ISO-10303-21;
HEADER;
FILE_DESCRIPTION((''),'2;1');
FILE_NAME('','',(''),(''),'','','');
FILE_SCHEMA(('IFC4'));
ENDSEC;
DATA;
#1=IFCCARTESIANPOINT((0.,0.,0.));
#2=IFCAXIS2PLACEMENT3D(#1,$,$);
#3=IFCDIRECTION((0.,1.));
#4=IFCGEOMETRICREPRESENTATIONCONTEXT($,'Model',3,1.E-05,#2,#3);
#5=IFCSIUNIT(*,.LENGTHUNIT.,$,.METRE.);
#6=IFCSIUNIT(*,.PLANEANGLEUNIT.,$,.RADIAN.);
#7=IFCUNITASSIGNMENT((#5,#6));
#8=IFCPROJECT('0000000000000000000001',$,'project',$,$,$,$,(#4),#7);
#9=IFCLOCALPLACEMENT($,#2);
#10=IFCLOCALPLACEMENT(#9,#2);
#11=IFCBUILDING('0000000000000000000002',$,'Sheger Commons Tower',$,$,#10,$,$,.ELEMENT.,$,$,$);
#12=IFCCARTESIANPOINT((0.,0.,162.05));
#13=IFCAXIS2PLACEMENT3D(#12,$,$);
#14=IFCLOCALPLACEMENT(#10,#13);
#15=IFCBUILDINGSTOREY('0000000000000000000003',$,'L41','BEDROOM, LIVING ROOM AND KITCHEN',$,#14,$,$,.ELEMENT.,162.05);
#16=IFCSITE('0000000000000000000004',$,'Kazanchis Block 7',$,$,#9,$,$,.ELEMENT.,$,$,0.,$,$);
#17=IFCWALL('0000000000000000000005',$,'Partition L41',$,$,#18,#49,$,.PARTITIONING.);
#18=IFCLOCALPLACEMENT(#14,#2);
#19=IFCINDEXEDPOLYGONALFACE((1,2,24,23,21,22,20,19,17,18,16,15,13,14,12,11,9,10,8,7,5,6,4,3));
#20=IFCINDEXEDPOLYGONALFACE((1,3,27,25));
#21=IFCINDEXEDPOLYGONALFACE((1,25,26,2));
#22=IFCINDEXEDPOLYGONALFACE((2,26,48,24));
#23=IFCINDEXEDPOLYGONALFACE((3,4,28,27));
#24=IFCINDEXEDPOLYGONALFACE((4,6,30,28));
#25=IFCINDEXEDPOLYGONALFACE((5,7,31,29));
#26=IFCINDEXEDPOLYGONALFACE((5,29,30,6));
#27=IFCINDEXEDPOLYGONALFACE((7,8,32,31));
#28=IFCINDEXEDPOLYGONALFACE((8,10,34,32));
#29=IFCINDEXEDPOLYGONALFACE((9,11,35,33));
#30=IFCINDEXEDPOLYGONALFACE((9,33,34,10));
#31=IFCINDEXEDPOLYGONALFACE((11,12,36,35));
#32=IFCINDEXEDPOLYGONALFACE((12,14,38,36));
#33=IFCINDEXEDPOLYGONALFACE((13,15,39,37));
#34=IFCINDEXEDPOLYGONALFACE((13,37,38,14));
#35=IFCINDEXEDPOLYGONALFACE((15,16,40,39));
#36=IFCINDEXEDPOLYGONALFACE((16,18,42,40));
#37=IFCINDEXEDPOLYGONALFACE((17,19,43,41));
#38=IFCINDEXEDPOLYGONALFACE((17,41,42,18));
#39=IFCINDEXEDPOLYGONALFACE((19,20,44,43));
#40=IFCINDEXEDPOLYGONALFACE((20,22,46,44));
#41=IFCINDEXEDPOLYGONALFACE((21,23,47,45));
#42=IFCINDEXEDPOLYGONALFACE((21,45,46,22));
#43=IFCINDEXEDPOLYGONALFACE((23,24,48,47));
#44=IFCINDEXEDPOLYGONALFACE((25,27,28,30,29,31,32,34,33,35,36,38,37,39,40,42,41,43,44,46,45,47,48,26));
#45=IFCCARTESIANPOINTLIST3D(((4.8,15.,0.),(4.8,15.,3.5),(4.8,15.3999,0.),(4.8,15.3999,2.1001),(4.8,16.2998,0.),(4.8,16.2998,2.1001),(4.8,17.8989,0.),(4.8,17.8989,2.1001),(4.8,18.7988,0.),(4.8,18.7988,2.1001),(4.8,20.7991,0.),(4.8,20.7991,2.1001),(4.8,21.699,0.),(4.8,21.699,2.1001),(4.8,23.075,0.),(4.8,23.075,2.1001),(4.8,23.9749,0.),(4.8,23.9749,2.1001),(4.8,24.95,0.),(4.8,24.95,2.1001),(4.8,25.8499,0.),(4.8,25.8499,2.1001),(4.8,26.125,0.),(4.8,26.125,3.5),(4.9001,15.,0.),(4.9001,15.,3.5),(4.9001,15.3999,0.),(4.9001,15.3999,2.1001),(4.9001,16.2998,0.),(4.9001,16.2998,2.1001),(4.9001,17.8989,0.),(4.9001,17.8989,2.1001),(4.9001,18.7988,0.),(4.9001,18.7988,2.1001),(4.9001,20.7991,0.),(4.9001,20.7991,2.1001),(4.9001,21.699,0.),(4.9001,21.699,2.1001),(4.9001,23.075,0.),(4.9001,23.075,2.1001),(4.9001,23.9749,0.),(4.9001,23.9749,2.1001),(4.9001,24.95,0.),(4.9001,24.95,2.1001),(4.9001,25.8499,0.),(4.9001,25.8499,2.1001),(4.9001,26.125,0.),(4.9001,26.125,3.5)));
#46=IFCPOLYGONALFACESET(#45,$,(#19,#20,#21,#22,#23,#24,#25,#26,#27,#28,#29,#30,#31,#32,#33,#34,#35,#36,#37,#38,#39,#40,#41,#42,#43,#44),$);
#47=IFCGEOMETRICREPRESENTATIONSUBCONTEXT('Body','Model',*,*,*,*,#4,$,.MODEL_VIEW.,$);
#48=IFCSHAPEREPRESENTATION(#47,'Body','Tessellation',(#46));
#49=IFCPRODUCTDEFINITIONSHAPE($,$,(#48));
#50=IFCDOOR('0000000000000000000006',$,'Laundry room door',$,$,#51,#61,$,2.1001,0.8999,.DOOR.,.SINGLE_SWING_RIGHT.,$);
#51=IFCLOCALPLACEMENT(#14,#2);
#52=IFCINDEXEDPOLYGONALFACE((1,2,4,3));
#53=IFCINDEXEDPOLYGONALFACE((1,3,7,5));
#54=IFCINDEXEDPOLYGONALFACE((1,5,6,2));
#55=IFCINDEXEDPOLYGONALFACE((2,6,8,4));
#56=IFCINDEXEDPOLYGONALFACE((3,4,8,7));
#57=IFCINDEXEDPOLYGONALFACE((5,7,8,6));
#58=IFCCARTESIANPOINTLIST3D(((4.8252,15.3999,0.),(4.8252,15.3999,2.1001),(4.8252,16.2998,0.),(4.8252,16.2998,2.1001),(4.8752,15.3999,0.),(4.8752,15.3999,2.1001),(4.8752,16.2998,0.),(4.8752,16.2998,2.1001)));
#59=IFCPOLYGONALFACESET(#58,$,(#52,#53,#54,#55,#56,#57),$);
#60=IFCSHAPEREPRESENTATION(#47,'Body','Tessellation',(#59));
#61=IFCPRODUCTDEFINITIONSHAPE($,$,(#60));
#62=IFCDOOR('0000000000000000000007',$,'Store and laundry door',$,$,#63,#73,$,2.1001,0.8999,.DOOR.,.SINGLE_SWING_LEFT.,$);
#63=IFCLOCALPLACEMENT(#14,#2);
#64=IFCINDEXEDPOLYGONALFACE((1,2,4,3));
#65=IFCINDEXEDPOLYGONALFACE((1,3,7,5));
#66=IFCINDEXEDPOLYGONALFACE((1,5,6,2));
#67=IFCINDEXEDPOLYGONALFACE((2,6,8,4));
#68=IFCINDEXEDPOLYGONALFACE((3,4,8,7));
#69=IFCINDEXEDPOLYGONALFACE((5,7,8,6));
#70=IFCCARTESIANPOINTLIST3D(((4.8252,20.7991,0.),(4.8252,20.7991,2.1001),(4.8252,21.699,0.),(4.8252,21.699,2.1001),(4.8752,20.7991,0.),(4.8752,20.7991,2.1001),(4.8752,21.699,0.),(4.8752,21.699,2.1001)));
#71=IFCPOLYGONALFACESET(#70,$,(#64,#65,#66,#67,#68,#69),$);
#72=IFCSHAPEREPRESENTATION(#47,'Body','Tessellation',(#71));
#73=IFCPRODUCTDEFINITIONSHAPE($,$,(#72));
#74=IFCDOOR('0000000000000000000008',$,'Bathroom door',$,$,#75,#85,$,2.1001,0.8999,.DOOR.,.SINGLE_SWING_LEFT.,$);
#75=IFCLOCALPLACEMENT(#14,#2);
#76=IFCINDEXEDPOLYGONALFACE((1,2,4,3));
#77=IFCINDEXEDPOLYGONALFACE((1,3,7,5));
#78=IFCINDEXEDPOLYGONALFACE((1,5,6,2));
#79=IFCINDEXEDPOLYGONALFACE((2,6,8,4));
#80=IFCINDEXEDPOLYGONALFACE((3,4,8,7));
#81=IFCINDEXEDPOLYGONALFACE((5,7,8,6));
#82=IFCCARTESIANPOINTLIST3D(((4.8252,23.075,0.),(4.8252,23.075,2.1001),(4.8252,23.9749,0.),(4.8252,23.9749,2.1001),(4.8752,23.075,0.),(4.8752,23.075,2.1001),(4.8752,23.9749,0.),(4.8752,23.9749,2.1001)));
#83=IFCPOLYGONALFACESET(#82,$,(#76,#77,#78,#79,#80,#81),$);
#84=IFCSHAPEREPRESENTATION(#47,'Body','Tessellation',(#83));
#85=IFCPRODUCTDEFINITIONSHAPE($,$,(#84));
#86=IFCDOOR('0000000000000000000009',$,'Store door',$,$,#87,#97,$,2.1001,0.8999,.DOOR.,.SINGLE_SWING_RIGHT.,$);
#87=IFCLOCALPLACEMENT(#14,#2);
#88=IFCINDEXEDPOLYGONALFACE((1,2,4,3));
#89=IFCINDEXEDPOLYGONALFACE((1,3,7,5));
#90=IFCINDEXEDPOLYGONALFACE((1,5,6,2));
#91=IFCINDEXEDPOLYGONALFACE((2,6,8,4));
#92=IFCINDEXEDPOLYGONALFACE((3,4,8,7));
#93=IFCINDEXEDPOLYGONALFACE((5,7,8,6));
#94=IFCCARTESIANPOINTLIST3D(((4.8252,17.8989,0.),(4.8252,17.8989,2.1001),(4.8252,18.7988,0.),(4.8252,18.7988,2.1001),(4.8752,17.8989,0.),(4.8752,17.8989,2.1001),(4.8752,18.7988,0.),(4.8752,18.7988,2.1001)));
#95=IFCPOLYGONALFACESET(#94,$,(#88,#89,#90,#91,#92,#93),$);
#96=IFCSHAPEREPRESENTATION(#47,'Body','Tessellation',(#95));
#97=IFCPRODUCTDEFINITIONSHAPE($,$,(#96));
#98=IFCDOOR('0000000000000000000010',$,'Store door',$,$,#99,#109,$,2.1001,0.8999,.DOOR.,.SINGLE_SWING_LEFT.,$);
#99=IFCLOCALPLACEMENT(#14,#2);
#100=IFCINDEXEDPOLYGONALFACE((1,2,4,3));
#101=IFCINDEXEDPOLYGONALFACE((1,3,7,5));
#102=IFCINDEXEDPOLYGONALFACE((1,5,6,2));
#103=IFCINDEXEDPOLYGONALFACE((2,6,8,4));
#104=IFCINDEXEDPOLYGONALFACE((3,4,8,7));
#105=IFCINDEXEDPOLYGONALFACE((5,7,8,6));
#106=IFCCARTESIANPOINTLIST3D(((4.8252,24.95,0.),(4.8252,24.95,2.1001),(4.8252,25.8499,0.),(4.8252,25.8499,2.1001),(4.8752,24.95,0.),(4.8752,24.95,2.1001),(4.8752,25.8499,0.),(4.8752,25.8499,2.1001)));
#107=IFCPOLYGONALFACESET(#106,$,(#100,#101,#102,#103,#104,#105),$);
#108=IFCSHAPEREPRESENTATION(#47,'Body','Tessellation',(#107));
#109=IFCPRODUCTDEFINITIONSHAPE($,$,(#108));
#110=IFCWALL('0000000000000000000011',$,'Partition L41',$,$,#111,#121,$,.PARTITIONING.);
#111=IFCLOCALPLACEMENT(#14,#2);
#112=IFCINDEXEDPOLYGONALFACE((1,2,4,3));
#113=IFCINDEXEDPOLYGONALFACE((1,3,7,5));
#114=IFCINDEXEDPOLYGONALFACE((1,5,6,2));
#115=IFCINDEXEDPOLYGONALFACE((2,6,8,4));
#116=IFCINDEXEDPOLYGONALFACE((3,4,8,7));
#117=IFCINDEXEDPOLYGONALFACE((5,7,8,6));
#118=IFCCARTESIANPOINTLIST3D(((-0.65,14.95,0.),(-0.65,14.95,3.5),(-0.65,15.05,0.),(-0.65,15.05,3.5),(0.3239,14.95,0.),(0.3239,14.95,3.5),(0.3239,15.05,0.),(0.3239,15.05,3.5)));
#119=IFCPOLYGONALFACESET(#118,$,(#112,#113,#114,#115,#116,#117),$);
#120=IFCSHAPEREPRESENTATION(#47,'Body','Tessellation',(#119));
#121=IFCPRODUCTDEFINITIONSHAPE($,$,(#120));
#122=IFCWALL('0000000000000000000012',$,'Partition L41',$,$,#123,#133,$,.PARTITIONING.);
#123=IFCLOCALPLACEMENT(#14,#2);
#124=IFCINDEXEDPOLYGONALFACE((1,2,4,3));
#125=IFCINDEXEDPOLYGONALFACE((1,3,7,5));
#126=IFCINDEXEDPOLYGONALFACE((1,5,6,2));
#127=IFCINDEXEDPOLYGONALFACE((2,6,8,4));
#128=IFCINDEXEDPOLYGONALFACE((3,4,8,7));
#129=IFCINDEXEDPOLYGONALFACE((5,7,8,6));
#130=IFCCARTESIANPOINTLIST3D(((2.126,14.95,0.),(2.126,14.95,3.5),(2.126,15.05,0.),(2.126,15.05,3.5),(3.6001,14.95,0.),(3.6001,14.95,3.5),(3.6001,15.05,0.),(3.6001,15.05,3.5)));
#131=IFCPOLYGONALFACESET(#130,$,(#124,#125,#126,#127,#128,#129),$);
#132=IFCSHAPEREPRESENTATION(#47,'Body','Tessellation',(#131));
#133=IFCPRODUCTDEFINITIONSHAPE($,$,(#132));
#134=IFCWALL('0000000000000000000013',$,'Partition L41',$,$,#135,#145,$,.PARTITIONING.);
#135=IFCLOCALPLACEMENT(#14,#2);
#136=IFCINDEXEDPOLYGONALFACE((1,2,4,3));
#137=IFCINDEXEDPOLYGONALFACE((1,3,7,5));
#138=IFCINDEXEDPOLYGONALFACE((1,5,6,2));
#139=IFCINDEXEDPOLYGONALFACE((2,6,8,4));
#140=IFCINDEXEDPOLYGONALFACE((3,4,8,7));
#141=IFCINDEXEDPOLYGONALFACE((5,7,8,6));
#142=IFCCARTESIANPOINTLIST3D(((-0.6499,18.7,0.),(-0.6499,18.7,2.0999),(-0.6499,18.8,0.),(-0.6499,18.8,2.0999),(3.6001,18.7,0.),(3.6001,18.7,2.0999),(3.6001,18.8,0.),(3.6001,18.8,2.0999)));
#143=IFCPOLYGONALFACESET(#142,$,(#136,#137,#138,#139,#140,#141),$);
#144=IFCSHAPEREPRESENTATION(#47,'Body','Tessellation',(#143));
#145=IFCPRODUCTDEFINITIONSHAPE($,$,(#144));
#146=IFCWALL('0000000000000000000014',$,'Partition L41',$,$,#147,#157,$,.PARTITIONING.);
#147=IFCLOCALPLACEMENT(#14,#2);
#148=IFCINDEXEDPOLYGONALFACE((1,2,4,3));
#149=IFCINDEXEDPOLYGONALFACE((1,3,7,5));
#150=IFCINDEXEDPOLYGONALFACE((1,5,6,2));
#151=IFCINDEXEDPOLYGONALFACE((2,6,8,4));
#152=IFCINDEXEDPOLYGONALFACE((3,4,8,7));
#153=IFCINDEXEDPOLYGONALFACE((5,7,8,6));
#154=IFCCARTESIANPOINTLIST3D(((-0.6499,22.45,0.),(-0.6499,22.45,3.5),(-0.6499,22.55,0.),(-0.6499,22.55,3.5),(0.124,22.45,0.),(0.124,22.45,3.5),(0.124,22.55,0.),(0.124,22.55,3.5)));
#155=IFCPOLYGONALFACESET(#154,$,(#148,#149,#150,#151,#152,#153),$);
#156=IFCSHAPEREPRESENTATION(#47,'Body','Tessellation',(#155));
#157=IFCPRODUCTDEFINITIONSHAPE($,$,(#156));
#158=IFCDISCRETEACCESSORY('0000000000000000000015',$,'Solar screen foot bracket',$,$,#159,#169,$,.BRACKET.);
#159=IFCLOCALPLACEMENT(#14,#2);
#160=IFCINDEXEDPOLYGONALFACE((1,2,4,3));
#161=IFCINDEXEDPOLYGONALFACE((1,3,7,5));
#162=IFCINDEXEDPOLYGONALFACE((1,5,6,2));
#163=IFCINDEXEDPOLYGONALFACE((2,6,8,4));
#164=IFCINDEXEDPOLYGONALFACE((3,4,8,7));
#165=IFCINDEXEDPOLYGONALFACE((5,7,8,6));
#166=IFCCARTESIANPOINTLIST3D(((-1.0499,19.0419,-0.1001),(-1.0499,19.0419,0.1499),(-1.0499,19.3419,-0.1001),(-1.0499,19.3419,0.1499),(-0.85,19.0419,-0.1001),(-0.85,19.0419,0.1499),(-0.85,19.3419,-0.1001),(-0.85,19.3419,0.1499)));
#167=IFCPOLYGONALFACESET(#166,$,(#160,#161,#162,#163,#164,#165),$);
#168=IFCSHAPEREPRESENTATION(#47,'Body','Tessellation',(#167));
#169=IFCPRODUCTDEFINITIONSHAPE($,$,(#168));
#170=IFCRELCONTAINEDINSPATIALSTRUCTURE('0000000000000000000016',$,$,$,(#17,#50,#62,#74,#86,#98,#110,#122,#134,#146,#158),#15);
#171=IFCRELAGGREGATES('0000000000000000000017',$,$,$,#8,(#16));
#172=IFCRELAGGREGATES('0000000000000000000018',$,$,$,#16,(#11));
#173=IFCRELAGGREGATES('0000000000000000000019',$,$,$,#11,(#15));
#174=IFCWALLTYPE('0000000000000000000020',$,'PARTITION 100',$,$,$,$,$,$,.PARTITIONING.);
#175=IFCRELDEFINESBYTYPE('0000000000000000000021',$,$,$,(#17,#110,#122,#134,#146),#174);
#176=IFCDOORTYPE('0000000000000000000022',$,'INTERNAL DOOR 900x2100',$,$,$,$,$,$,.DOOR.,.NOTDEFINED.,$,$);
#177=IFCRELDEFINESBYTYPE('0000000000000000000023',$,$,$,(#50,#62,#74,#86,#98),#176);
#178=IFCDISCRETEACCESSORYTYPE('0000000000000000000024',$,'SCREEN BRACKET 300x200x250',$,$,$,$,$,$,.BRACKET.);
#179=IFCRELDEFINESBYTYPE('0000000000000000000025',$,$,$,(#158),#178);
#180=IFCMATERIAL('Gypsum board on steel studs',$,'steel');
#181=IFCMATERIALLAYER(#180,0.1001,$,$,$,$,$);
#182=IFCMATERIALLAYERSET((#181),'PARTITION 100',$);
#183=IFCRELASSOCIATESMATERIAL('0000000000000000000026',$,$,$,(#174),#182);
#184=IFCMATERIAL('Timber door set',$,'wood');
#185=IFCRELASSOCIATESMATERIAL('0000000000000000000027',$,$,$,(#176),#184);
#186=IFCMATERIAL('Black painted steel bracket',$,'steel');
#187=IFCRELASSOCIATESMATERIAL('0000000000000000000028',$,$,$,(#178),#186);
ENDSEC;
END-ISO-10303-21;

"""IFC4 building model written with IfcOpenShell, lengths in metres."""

from ifc_helpers import new_model, si_unit, direction, frame, frame_2d, origin, origin_2d, place, context, subcontext, project, spatial, rectangle, extrude, material, layer, layer_set, type_object, element, fill, save


model = new_model("IFC4")

# Units and contexts
model_context = context("Model", 3, precision=1e-05, world=origin(), true_north=direction((0.0, 1.0)))
body_context = subcontext(model_context, "Body", "Model", "MODEL_VIEW")
ifc_project = project(units=[si_unit("LENGTHUNIT", "METRE"), si_unit("PLANEANGLEUNIT", "RADIAN")], contexts=[model_context])

# Site, building, storey
site_placement = place(None, origin())
site = spatial("IfcSite", under=ifc_project, at=site_placement, Name="Kazanchis Block 7", CompositionType="ELEMENT", RefElevation=0.0)
building_placement = place(site_placement, origin())
building = spatial("IfcBuilding", under=site, at=building_placement, Name="Sheger Commons Tower", CompositionType="ELEMENT")
storey_placement = place(building_placement, frame((0.0, 0.0, 162.05)))
storey = spatial("IfcBuildingStorey", under=building, at=storey_placement, Name="L41", Description="BEDROOM, LIVING ROOM AND KITCHEN", CompositionType="ELEMENT", Elevation=162.05)

# Wall, openings, doors
ifc_material_1 = material(Name="Gypsum board on steel studs", Category="steel")
ifc_layer_1 = layer(ifc_material_1, 0.1001)
ifc_layer_set_1 = layer_set([ifc_layer_1], Name="PARTITION 100")
wall_type = type_object("IfcWallType", Name="PARTITION 100", PredefinedType="PARTITIONING", material=ifc_layer_set_1)
ifc_material_2 = material(Name="Timber door set", Category="wood")
door_type = type_object("IfcDoorType", Name="INTERNAL DOOR 900x2100", OperationType="NOTDEFINED", PredefinedType="DOOR", material=ifc_material_2)
wall_1_placement = place(storey_placement, frame((4.8501, 15.0, 0.0), z_axis=(0.0, 0.0, 1.0), x_axis=(0.0, 1.0, 0.0)))
wall_1 = element("IfcWall", 1, at=wall_1_placement, inside=storey, type_object=wall_type, Name="Partition L41", PredefinedType="PARTITIONING", context=body_context, shape_type="SweptSolid", body=[
    extrude(rectangle(XDim=11.125, YDim=0.1001, at=frame_2d((5.5625, 0.0))), origin(), (0.0, 0.0, 1.0), 3.5),
])
opening_1_placement = place(wall_1_placement, frame((0.3999, 0.0, 0.0)))
opening_1 = element("IfcOpeningElement", 2, at=opening_1_placement, cuts=wall_1, PredefinedType="OPENING", context=body_context, shape_type="SweptSolid", body=[
    extrude(rectangle(XDim=0.8999, YDim=2.1001, at=frame_2d((0.45, 1.05))), frame((0.0, 0.0601, 0.0), z_axis=(0.0, -1.0, 0.0), x_axis=(1.0, 0.0, 0.0)), (0.0, 0.0, 1.0), 0.1201),
])
opening_2_placement = place(wall_1_placement, frame((5.7991, 0.0, 0.0)))
opening_2 = element("IfcOpeningElement", 3, at=opening_2_placement, cuts=wall_1, PredefinedType="OPENING", context=body_context, shape_type="SweptSolid", body=[
    extrude(rectangle(XDim=0.8999, YDim=2.1001, at=frame_2d((0.45, 1.05))), frame((0.0, 0.0601, 0.0), z_axis=(0.0, -1.0, 0.0), x_axis=(1.0, 0.0, 0.0)), (0.0, 0.0, 1.0), 0.1201),
])
opening_3_placement = place(wall_1_placement, frame((8.075, 0.0, 0.0)))
opening_3 = element("IfcOpeningElement", 4, at=opening_3_placement, cuts=wall_1, PredefinedType="OPENING", context=body_context, shape_type="SweptSolid", body=[
    extrude(rectangle(XDim=0.8999, YDim=2.1001, at=frame_2d((0.45, 1.05))), frame((0.0, 0.0601, 0.0), z_axis=(0.0, -1.0, 0.0), x_axis=(1.0, 0.0, 0.0)), (0.0, 0.0, 1.0), 0.1201),
])
opening_4_placement = place(wall_1_placement, frame((2.8989, 0.0, 0.0)))
opening_4 = element("IfcOpeningElement", 5, at=opening_4_placement, cuts=wall_1, PredefinedType="OPENING", context=body_context, shape_type="SweptSolid", body=[
    extrude(rectangle(XDim=0.8999, YDim=2.1001, at=frame_2d((0.45, 1.05))), frame((0.0, 0.0601, 0.0), z_axis=(0.0, -1.0, 0.0), x_axis=(1.0, 0.0, 0.0)), (0.0, 0.0, 1.0), 0.1201),
])
opening_5_placement = place(wall_1_placement, frame((9.95, 0.0, 0.0)))
opening_5 = element("IfcOpeningElement", 6, at=opening_5_placement, cuts=wall_1, PredefinedType="OPENING", context=body_context, shape_type="SweptSolid", body=[
    extrude(rectangle(XDim=0.8999, YDim=2.1001, at=frame_2d((0.45, 1.05))), frame((0.0, 0.0601, 0.0), z_axis=(0.0, -1.0, 0.0), x_axis=(1.0, 0.0, 0.0)), (0.0, 0.0, 1.0), 0.1201),
])
door_1_placement = place(opening_1_placement, origin())
door_1 = element("IfcDoor", 7, at=door_1_placement, inside=storey, type_object=door_type, Name="Laundry room door", OperationType="SINGLE_SWING_RIGHT", OverallHeight=2.1001, OverallWidth=0.8999, PredefinedType="DOOR", context=body_context, shape_type="SweptSolid", body=[
    extrude(rectangle(XDim=0.8999, YDim=2.1001, at=frame_2d((0.45, 1.05))), frame((0.0, 0.0249, 0.0), z_axis=(0.0, -1.0, 0.0), x_axis=(1.0, 0.0, 0.0)), (0.0, 0.0, 1.0), 0.05),
])
fill(opening_1, door_1)
door_2_placement = place(opening_2_placement, origin())
door_2 = element("IfcDoor", 8, at=door_2_placement, inside=storey, type_object=door_type, Name="Store and laundry door", OperationType="SINGLE_SWING_LEFT", OverallHeight=2.1001, OverallWidth=0.8999, PredefinedType="DOOR", context=body_context, shape_type="SweptSolid", body=[
    extrude(rectangle(XDim=0.8999, YDim=2.1001, at=frame_2d((0.45, 1.05))), frame((0.0, 0.0249, 0.0), z_axis=(0.0, -1.0, 0.0), x_axis=(1.0, 0.0, 0.0)), (0.0, 0.0, 1.0), 0.05),
])
fill(opening_2, door_2)
door_3_placement = place(opening_3_placement, origin())
door_3 = element("IfcDoor", 9, at=door_3_placement, inside=storey, type_object=door_type, Name="Bathroom door", OperationType="SINGLE_SWING_LEFT", OverallHeight=2.1001, OverallWidth=0.8999, PredefinedType="DOOR", context=body_context, shape_type="SweptSolid", body=[
    extrude(rectangle(XDim=0.8999, YDim=2.1001, at=frame_2d((0.45, 1.05))), frame((0.0, 0.0249, 0.0), z_axis=(0.0, -1.0, 0.0), x_axis=(1.0, 0.0, 0.0)), (0.0, 0.0, 1.0), 0.05),
])
fill(opening_3, door_3)
door_4_placement = place(opening_4_placement, origin())
door_4 = element("IfcDoor", 10, at=door_4_placement, inside=storey, type_object=door_type, Name="Store door", OperationType="SINGLE_SWING_RIGHT", OverallHeight=2.1001, OverallWidth=0.8999, PredefinedType="DOOR", context=body_context, shape_type="SweptSolid", body=[
    extrude(rectangle(XDim=0.8999, YDim=2.1001, at=frame_2d((0.45, 1.05))), frame((0.0, 0.0249, 0.0), z_axis=(0.0, -1.0, 0.0), x_axis=(1.0, 0.0, 0.0)), (0.0, 0.0, 1.0), 0.05),
])
fill(opening_4, door_4)
door_5_placement = place(opening_5_placement, origin())
door_5 = element("IfcDoor", 11, at=door_5_placement, inside=storey, type_object=door_type, Name="Store door", OperationType="SINGLE_SWING_LEFT", OverallHeight=2.1001, OverallWidth=0.8999, PredefinedType="DOOR", context=body_context, shape_type="SweptSolid", body=[
    extrude(rectangle(XDim=0.8999, YDim=2.1001, at=frame_2d((0.45, 1.05))), frame((0.0, 0.0249, 0.0), z_axis=(0.0, -1.0, 0.0), x_axis=(1.0, 0.0, 0.0)), (0.0, 0.0, 1.0), 0.05),
])
fill(opening_5, door_5)

# Walls
wall_2_placement = place(storey_placement, frame((-0.6499, 15.0, 0.0), z_axis=(0.0, 0.0, 1.0), x_axis=(1.0, 0.0, 0.0)))
element("IfcWall", 12, at=wall_2_placement, inside=storey, type_object=wall_type, Name="Partition L41", PredefinedType="PARTITIONING", context=body_context, shape_type="SweptSolid", body=[
    extrude(rectangle(XDim=0.9739, YDim=0.1001, at=frame_2d((0.4868, 0.0))), origin(), (0.0, 0.0, 1.0), 3.5),
])
wall_3_placement = place(storey_placement, frame((2.126, 15.0, 0.0), z_axis=(0.0, 0.0, 1.0), x_axis=(1.0, 0.0, 0.0)))
element("IfcWall", 13, at=wall_3_placement, inside=storey, type_object=wall_type, Name="Partition L41", PredefinedType="PARTITIONING", context=body_context, shape_type="SweptSolid", body=[
    extrude(rectangle(XDim=1.4741, YDim=0.1001, at=frame_2d((0.7371, 0.0))), origin(), (0.0, 0.0, 1.0), 3.5),
])
wall_4_placement = place(storey_placement, frame((-0.6499, 18.75, 0.0), z_axis=(0.0, 0.0, 1.0), x_axis=(1.0, 0.0, 0.0)))
element("IfcWall", 14, at=wall_4_placement, inside=storey, type_object=wall_type, Name="Partition L41", PredefinedType="PARTITIONING", context=body_context, shape_type="SweptSolid", body=[
    extrude(rectangle(XDim=4.25, YDim=0.1001, at=frame_2d((2.125, 0.0))), origin(), (0.0, 0.0, 1.0), 2.0999),
])
wall_5_placement = place(storey_placement, frame((-0.6499, 22.5, 0.0), z_axis=(0.0, 0.0, 1.0), x_axis=(1.0, 0.0, 0.0)))
element("IfcWall", 15, at=wall_5_placement, inside=storey, type_object=wall_type, Name="Partition L41", PredefinedType="PARTITIONING", context=body_context, shape_type="SweptSolid", body=[
    extrude(rectangle(XDim=0.7739, YDim=0.1001, at=frame_2d((0.387, 0.0))), origin(), (0.0, 0.0, 1.0), 3.5),
])

# Discrete accessory
ifc_material_3 = material(Name="Black painted steel bracket", Category="steel")
discrete_accessory_type = type_object("IfcDiscreteAccessoryType", Name="SCREEN BRACKET 300x200x250", PredefinedType="BRACKET", material=ifc_material_3)
for number, where, z_axis, x_axis, name in (
    (16, (-0.95, 19.1919, -0.1001), (0.0, 0.0, 1.0), (0.0, -1.0, 0.0), "Solar screen foot bracket"),
):
    element("IfcDiscreteAccessory", number, at=place(storey_placement, frame(where, z_axis=z_axis, x_axis=x_axis)), inside=storey, type_object=discrete_accessory_type, Name=name, PredefinedType="BRACKET", context=body_context, shape_type="SweptSolid", body=[
        extrude(rectangle(XDim=0.3, YDim=0.2, at=origin_2d()), origin(), (0.0, 0.0, 1.0), 0.25),
    ])

save(model, "model.ifc")
